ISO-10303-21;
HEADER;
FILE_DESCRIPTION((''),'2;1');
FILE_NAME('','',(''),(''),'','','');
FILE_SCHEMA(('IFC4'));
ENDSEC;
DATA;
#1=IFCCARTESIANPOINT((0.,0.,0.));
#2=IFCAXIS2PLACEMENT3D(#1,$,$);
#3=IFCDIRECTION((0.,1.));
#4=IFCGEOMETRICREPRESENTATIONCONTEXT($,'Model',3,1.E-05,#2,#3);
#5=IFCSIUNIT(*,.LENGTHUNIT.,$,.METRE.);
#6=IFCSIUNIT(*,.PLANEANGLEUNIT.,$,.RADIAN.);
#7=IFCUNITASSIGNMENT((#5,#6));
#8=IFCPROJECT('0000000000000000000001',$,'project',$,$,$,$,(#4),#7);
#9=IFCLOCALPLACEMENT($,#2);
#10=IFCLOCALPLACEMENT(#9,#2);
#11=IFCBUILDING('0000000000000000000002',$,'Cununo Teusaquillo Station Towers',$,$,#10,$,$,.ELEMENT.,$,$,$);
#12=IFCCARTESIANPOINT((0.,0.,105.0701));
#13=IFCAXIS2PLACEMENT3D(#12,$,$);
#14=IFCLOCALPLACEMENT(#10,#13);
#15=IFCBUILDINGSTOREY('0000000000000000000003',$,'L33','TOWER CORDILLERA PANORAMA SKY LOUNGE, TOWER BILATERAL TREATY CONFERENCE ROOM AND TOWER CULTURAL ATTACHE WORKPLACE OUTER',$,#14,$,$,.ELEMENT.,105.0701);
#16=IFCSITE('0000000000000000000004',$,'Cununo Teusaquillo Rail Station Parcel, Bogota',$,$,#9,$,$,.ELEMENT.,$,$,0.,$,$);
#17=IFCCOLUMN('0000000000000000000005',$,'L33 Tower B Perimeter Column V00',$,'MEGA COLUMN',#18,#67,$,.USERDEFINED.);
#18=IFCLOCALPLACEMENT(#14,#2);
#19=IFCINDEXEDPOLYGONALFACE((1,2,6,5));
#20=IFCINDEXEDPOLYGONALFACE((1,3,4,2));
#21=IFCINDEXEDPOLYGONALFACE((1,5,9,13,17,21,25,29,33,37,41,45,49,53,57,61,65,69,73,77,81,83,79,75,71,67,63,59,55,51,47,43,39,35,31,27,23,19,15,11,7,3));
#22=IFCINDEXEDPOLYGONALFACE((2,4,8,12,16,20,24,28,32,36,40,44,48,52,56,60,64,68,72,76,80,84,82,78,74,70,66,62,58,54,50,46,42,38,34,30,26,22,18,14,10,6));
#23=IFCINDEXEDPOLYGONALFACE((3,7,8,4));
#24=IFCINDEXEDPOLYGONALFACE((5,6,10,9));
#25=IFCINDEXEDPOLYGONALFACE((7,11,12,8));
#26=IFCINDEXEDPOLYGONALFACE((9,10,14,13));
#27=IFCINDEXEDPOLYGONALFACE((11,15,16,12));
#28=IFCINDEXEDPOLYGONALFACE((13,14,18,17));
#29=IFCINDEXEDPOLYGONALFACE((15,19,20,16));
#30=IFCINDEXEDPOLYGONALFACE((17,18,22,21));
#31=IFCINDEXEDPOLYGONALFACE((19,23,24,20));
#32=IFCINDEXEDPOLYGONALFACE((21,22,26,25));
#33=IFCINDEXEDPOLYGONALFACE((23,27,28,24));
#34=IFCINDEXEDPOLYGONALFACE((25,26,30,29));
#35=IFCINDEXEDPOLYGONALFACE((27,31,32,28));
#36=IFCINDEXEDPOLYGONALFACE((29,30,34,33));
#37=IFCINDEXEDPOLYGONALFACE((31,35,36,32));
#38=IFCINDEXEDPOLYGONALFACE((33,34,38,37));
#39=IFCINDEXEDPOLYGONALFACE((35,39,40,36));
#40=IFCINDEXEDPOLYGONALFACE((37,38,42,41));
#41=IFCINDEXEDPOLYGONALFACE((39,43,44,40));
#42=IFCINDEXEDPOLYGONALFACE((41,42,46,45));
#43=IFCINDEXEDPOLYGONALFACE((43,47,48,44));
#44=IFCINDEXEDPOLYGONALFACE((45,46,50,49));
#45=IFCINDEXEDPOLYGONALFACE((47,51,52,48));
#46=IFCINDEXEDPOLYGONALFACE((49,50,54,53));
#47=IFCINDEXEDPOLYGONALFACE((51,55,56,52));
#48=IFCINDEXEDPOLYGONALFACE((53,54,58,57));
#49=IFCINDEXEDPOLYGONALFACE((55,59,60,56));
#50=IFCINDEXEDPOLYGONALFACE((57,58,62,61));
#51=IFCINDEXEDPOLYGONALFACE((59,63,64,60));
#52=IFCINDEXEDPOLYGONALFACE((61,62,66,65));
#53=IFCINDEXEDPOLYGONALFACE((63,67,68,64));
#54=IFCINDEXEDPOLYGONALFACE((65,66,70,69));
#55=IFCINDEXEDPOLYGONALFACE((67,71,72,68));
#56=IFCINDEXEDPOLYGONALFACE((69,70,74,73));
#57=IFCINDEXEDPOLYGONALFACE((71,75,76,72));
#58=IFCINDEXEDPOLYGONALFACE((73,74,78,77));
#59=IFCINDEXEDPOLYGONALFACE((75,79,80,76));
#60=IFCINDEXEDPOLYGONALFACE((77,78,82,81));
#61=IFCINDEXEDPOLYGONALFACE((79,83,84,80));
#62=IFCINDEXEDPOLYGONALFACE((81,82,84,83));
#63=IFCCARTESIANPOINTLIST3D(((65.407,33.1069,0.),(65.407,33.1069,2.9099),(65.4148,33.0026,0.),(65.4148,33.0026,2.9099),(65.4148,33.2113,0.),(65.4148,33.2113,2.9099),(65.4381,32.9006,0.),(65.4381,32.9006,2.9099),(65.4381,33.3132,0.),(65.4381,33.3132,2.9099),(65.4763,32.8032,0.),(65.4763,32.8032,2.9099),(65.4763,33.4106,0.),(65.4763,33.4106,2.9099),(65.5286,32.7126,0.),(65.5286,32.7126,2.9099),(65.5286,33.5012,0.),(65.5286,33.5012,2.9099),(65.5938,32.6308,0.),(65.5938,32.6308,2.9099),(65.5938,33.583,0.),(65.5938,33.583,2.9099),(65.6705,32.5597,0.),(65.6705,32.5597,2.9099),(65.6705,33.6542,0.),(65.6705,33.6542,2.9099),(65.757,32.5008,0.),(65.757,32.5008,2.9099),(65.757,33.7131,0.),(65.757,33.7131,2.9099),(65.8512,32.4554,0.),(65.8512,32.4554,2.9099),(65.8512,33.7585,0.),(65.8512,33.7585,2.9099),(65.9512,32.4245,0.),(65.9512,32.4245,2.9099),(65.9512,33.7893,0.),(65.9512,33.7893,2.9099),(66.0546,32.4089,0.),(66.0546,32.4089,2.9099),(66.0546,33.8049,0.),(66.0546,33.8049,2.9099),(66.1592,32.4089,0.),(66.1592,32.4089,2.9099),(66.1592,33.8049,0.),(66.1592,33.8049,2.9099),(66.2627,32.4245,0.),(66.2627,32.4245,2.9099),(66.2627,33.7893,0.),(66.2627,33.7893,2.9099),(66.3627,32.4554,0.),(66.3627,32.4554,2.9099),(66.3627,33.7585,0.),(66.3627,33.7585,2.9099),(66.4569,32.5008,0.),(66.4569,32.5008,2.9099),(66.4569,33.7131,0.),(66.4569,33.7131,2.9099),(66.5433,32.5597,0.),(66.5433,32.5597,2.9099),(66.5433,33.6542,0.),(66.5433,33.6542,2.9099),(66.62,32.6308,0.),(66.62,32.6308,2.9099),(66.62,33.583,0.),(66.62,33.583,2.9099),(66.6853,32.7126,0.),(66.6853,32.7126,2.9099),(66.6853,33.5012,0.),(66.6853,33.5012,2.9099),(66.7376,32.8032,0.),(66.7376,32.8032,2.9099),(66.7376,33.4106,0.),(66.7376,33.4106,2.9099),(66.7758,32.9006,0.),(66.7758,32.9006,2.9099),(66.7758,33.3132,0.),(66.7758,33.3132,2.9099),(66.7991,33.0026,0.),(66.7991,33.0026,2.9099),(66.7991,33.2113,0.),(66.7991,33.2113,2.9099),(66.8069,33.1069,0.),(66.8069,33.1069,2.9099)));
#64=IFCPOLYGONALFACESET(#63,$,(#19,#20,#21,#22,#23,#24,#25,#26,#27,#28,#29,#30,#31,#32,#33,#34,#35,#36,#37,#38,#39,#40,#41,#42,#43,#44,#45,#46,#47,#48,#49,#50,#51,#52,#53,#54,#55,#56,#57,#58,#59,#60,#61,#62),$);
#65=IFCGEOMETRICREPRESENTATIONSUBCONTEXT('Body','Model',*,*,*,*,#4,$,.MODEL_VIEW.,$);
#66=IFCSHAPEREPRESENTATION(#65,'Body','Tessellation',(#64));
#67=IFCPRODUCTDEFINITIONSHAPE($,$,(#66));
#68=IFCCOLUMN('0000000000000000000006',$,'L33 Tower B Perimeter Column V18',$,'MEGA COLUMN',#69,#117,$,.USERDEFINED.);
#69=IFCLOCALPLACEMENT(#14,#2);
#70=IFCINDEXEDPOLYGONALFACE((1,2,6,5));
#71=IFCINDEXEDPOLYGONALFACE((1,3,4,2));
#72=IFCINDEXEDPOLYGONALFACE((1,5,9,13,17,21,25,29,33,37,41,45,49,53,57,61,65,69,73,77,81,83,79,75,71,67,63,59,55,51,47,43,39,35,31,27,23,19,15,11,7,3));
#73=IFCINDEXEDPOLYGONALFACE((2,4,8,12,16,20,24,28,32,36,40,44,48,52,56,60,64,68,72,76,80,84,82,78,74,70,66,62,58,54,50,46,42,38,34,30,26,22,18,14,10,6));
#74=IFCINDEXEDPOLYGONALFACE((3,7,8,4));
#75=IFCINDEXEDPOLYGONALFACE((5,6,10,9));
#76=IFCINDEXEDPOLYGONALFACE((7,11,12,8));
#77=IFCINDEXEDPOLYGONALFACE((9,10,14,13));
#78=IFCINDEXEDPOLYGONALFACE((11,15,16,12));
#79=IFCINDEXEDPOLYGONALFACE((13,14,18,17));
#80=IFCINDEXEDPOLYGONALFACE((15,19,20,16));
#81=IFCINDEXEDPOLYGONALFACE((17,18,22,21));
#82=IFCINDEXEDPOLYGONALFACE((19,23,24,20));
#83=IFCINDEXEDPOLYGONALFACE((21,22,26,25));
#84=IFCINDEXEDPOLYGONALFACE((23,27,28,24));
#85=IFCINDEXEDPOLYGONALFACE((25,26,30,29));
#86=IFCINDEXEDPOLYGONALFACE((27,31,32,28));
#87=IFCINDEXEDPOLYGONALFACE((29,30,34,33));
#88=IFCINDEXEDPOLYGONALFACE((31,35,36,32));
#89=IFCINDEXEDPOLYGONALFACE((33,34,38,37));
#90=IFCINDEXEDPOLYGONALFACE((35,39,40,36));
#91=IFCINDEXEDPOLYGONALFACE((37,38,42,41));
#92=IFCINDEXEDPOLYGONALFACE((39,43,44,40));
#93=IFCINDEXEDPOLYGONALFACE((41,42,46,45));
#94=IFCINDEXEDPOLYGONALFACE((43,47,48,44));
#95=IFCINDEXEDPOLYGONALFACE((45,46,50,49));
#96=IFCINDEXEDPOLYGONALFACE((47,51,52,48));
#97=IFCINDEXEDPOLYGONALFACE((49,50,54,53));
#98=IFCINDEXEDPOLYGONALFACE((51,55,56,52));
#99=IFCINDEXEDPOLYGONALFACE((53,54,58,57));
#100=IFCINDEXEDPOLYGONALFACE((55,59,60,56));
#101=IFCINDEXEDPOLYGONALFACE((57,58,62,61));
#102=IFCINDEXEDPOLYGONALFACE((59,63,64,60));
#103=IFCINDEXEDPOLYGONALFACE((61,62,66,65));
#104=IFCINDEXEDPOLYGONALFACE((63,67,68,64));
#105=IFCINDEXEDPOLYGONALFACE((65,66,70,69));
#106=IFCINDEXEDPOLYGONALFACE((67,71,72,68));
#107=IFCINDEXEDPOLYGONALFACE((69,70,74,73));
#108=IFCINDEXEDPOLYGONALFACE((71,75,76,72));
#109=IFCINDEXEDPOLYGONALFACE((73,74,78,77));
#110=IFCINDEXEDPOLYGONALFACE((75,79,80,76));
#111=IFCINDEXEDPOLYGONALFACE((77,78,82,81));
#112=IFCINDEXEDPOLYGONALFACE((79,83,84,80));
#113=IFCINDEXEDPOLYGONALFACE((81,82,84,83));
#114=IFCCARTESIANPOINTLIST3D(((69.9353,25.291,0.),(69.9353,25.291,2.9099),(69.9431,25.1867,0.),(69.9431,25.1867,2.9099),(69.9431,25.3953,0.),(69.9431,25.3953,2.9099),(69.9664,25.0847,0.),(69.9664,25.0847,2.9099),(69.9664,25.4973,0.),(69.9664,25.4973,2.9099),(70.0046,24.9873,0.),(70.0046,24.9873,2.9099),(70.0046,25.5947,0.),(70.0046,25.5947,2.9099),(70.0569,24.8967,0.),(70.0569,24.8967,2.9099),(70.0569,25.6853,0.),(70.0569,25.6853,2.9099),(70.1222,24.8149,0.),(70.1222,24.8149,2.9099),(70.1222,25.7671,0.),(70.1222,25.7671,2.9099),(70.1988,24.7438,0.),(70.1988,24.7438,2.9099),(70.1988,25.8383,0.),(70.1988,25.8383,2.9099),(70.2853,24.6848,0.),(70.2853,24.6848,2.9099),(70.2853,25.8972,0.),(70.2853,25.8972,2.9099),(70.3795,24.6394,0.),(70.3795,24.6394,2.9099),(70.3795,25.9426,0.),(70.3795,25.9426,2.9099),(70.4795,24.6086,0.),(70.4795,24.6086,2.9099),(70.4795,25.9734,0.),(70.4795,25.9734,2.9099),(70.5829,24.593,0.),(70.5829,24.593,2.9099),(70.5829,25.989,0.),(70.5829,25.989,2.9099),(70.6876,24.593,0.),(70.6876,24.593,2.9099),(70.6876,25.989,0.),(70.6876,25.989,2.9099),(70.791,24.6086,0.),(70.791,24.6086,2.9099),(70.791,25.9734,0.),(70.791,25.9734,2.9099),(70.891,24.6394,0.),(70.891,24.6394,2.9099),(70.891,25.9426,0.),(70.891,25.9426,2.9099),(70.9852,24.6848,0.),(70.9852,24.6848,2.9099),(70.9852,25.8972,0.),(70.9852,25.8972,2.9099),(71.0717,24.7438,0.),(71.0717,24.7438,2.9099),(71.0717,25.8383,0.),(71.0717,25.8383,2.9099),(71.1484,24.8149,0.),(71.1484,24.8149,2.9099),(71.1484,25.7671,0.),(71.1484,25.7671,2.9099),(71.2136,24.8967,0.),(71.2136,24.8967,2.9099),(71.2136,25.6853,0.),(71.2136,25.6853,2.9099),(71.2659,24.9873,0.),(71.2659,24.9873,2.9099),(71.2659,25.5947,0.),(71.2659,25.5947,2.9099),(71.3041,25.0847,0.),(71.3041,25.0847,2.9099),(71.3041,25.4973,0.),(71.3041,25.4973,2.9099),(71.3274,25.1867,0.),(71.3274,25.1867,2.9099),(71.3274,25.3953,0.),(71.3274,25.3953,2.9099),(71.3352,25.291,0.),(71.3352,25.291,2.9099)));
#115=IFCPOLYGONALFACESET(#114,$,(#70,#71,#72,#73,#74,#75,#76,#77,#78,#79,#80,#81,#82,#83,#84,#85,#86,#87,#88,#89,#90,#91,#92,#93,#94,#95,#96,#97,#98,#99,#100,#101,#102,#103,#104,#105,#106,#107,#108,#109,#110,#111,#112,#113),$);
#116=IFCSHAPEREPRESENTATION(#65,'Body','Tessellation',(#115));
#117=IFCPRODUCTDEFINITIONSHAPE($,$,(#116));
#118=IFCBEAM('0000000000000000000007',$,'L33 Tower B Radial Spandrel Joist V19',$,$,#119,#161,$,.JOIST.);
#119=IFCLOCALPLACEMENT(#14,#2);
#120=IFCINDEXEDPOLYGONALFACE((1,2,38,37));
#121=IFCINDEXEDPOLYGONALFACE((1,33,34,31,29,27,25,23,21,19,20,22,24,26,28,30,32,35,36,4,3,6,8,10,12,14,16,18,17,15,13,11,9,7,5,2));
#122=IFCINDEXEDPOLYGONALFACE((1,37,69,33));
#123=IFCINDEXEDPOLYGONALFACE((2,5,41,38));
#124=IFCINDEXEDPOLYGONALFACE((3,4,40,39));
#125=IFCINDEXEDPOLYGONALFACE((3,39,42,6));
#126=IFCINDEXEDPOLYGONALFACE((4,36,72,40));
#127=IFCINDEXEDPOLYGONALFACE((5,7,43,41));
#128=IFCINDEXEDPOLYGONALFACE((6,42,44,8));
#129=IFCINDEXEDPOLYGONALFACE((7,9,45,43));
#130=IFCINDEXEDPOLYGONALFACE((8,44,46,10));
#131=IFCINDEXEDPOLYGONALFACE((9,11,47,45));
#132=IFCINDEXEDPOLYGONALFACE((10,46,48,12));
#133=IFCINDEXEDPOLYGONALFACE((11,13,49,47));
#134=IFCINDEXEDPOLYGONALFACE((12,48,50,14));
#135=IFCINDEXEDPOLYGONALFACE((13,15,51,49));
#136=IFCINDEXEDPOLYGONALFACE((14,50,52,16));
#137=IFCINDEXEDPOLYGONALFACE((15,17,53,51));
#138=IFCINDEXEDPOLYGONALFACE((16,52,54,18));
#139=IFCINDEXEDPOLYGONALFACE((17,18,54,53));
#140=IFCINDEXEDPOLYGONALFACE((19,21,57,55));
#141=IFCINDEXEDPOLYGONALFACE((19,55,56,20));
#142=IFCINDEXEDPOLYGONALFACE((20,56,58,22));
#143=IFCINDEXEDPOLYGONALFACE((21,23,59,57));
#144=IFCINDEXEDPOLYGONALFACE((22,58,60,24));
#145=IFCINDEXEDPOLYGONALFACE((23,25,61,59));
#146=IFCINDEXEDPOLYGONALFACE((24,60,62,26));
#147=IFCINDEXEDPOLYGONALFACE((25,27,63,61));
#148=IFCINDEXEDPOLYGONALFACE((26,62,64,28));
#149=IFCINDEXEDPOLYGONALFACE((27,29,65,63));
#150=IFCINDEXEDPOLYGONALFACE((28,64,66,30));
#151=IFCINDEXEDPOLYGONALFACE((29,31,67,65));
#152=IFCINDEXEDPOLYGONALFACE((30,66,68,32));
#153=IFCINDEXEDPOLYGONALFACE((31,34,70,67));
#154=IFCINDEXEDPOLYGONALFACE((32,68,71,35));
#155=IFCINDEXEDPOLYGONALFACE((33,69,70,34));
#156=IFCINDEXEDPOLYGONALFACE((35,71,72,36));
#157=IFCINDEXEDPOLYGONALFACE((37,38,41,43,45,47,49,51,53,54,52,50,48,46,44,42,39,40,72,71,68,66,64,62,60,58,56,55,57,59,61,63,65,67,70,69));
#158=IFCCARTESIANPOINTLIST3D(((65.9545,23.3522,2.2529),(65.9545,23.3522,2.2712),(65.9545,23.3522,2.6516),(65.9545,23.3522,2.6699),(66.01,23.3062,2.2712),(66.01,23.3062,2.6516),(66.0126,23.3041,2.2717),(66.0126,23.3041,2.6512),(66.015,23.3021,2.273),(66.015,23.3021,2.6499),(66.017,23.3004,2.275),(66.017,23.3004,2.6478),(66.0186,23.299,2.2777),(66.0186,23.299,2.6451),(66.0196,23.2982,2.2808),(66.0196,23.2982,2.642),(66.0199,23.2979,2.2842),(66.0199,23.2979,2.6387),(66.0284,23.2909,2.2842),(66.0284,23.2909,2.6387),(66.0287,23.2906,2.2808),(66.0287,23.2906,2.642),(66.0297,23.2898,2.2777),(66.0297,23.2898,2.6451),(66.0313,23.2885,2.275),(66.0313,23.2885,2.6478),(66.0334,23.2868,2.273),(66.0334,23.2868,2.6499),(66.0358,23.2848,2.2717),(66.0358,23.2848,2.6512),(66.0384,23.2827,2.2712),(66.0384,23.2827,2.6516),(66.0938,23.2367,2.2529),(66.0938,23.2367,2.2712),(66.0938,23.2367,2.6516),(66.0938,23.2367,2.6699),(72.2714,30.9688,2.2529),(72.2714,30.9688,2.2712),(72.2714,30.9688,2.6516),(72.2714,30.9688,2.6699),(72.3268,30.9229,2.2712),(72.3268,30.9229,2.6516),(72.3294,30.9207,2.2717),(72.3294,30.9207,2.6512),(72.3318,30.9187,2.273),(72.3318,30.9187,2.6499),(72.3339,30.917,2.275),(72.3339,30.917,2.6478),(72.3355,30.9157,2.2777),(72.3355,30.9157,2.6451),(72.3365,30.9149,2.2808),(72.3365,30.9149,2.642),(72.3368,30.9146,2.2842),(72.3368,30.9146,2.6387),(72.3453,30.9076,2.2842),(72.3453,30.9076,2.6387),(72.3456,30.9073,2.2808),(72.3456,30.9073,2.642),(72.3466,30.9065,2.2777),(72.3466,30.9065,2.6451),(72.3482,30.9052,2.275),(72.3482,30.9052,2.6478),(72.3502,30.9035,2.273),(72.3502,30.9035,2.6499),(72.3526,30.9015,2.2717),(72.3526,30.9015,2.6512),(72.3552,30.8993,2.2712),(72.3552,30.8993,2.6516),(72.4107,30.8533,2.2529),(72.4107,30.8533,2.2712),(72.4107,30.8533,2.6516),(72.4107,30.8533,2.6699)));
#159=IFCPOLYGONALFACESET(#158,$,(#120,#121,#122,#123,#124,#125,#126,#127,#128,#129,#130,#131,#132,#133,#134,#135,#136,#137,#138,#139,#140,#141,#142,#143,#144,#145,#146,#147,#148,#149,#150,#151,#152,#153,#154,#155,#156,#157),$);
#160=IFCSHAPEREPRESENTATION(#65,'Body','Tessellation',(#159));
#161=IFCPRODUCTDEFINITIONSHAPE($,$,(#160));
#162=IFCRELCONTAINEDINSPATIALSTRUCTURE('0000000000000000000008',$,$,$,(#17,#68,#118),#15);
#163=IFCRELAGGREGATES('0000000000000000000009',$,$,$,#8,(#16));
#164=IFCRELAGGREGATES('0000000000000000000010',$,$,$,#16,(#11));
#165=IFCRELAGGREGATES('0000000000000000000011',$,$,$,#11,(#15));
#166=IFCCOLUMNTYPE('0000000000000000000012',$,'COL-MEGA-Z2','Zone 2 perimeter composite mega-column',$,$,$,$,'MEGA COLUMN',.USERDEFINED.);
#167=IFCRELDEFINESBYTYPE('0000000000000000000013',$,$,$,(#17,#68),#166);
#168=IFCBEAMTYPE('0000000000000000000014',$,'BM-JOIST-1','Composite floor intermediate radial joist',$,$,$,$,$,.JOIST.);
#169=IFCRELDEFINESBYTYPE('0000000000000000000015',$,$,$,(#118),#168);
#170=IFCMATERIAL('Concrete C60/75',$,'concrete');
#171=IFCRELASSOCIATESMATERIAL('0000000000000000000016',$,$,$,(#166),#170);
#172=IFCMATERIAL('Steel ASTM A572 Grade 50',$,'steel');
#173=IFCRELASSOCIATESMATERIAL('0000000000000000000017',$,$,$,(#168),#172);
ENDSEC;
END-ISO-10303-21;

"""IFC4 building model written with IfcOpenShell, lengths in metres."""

from ifc_helpers import new_model, si_unit, direction, frame, origin, origin_2d, place, context, subcontext, project, spatial, circle, i_section, extrude, material, material_profile, profile_set, type_object, element, save


model = new_model("IFC4")

# Units and contexts
model_context = context("Model", 3, precision=1e-05, world=origin(), true_north=direction((0.0, 1.0)))
body_context = subcontext(model_context, "Body", "Model", "MODEL_VIEW")
ifc_project = project(units=[si_unit("LENGTHUNIT", "METRE"), si_unit("PLANEANGLEUNIT", "RADIAN")], contexts=[model_context])

# Site, building, storey
site_placement = place(None, origin())
site = spatial("IfcSite", under=ifc_project, at=site_placement, Name="Cununo Teusaquillo Rail Station Parcel, Bogota", CompositionType="ELEMENT", RefElevation=0.0)
building_placement = place(site_placement, origin())
building = spatial("IfcBuilding", under=site, at=building_placement, Name="Cununo Teusaquillo Station Towers", CompositionType="ELEMENT")
storey_placement = place(building_placement, frame((0.0, 0.0, 105.0701)))
storey = spatial("IfcBuildingStorey", under=building, at=storey_placement, Name="L33", Description="TOWER CORDILLERA PANORAMA SKY LOUNGE, TOWER BILATERAL TREATY CONFERENCE ROOM AND TOWER CULTURAL ATTACHE WORKPLACE OUTER", CompositionType="ELEMENT", Elevation=105.0701)

# Columns
ifc_material_1 = material(Name="Concrete C60/75", Category="concrete")
ifc_material_profile_1 = material_profile(ifc_material_1, circle(Radius=0.7, at=origin_2d()), Name="RC-CIRC-1400")
ifc_profile_set_1 = profile_set([ifc_material_profile_1], Name="Concrete C60/75")
column_type = type_object("IfcColumnType", Name="COL-MEGA-Z2", Description="Zone 2 perimeter composite mega-column", ElementType="MEGA COLUMN", PredefinedType="USERDEFINED", material=ifc_profile_set_1)
for number, where, z_axis, x_axis, name in (
    (1, (66.1069, 33.1069, 0.0), (0.0, 0.0, 1.0), (1.0, 0.0, 0.0), "L33 Tower B Perimeter Column V00"),
    (2, (70.6353, 25.291, 0.0), (0.0, 0.0, 1.0), (1.0, 0.0, 0.0), "L33 Tower B Perimeter Column V18"),
):
    element("IfcColumn", number, at=place(storey_placement, frame(where, z_axis=z_axis, x_axis=x_axis)), inside=storey, type_object=column_type, Name=name, ObjectType="MEGA COLUMN", PredefinedType="USERDEFINED", context=body_context, shape_type="SweptSolid", body=[
        extrude(circle(Radius=0.7, at=origin_2d()), origin(), (0.0, 0.0, 1.0), 2.9099),
    ])

# Beam
ifc_material_2 = material(Name="Steel ASTM A572 Grade 50", Category="steel")
ifc_material_profile_2 = material_profile(ifc_material_2, i_section(OverallWidth=0.1809, OverallDepth=0.417, WebThickness=0.011, FlangeThickness=0.0183, FilletRadius=0.0129, at=origin_2d()), Name="W16X57")
ifc_profile_set_2 = profile_set([ifc_material_profile_2], Name="Steel ASTM A572 Grade 50")
beam_type_1 = type_object("IfcBeamType", Name="BM-JOIST-1", Description="Composite floor intermediate radial joist", PredefinedType="JOIST", material=ifc_profile_set_2)
beam_1_placement = place(storey_placement, frame((66.0242, 23.2944, 2.4614), z_axis=(0.638372, 0.769728, 0.0), x_axis=(-0.769728, 0.638372, 0.0)))
element("IfcBeam", 3, at=beam_1_placement, inside=storey, type_object=beam_type_1, Name="L33 Tower B Radial Spandrel Joist V19", PredefinedType="JOIST", context=body_context, shape_type="SweptSolid", body=[
    extrude(i_section(OverallWidth=0.1809, OverallDepth=0.417, WebThickness=0.011, FlangeThickness=0.0183, FilletRadius=0.0129, at=origin_2d()), origin(), (0.0, 0.0, 1.0), 9.8953),
])

save(model, "model.ifc")
